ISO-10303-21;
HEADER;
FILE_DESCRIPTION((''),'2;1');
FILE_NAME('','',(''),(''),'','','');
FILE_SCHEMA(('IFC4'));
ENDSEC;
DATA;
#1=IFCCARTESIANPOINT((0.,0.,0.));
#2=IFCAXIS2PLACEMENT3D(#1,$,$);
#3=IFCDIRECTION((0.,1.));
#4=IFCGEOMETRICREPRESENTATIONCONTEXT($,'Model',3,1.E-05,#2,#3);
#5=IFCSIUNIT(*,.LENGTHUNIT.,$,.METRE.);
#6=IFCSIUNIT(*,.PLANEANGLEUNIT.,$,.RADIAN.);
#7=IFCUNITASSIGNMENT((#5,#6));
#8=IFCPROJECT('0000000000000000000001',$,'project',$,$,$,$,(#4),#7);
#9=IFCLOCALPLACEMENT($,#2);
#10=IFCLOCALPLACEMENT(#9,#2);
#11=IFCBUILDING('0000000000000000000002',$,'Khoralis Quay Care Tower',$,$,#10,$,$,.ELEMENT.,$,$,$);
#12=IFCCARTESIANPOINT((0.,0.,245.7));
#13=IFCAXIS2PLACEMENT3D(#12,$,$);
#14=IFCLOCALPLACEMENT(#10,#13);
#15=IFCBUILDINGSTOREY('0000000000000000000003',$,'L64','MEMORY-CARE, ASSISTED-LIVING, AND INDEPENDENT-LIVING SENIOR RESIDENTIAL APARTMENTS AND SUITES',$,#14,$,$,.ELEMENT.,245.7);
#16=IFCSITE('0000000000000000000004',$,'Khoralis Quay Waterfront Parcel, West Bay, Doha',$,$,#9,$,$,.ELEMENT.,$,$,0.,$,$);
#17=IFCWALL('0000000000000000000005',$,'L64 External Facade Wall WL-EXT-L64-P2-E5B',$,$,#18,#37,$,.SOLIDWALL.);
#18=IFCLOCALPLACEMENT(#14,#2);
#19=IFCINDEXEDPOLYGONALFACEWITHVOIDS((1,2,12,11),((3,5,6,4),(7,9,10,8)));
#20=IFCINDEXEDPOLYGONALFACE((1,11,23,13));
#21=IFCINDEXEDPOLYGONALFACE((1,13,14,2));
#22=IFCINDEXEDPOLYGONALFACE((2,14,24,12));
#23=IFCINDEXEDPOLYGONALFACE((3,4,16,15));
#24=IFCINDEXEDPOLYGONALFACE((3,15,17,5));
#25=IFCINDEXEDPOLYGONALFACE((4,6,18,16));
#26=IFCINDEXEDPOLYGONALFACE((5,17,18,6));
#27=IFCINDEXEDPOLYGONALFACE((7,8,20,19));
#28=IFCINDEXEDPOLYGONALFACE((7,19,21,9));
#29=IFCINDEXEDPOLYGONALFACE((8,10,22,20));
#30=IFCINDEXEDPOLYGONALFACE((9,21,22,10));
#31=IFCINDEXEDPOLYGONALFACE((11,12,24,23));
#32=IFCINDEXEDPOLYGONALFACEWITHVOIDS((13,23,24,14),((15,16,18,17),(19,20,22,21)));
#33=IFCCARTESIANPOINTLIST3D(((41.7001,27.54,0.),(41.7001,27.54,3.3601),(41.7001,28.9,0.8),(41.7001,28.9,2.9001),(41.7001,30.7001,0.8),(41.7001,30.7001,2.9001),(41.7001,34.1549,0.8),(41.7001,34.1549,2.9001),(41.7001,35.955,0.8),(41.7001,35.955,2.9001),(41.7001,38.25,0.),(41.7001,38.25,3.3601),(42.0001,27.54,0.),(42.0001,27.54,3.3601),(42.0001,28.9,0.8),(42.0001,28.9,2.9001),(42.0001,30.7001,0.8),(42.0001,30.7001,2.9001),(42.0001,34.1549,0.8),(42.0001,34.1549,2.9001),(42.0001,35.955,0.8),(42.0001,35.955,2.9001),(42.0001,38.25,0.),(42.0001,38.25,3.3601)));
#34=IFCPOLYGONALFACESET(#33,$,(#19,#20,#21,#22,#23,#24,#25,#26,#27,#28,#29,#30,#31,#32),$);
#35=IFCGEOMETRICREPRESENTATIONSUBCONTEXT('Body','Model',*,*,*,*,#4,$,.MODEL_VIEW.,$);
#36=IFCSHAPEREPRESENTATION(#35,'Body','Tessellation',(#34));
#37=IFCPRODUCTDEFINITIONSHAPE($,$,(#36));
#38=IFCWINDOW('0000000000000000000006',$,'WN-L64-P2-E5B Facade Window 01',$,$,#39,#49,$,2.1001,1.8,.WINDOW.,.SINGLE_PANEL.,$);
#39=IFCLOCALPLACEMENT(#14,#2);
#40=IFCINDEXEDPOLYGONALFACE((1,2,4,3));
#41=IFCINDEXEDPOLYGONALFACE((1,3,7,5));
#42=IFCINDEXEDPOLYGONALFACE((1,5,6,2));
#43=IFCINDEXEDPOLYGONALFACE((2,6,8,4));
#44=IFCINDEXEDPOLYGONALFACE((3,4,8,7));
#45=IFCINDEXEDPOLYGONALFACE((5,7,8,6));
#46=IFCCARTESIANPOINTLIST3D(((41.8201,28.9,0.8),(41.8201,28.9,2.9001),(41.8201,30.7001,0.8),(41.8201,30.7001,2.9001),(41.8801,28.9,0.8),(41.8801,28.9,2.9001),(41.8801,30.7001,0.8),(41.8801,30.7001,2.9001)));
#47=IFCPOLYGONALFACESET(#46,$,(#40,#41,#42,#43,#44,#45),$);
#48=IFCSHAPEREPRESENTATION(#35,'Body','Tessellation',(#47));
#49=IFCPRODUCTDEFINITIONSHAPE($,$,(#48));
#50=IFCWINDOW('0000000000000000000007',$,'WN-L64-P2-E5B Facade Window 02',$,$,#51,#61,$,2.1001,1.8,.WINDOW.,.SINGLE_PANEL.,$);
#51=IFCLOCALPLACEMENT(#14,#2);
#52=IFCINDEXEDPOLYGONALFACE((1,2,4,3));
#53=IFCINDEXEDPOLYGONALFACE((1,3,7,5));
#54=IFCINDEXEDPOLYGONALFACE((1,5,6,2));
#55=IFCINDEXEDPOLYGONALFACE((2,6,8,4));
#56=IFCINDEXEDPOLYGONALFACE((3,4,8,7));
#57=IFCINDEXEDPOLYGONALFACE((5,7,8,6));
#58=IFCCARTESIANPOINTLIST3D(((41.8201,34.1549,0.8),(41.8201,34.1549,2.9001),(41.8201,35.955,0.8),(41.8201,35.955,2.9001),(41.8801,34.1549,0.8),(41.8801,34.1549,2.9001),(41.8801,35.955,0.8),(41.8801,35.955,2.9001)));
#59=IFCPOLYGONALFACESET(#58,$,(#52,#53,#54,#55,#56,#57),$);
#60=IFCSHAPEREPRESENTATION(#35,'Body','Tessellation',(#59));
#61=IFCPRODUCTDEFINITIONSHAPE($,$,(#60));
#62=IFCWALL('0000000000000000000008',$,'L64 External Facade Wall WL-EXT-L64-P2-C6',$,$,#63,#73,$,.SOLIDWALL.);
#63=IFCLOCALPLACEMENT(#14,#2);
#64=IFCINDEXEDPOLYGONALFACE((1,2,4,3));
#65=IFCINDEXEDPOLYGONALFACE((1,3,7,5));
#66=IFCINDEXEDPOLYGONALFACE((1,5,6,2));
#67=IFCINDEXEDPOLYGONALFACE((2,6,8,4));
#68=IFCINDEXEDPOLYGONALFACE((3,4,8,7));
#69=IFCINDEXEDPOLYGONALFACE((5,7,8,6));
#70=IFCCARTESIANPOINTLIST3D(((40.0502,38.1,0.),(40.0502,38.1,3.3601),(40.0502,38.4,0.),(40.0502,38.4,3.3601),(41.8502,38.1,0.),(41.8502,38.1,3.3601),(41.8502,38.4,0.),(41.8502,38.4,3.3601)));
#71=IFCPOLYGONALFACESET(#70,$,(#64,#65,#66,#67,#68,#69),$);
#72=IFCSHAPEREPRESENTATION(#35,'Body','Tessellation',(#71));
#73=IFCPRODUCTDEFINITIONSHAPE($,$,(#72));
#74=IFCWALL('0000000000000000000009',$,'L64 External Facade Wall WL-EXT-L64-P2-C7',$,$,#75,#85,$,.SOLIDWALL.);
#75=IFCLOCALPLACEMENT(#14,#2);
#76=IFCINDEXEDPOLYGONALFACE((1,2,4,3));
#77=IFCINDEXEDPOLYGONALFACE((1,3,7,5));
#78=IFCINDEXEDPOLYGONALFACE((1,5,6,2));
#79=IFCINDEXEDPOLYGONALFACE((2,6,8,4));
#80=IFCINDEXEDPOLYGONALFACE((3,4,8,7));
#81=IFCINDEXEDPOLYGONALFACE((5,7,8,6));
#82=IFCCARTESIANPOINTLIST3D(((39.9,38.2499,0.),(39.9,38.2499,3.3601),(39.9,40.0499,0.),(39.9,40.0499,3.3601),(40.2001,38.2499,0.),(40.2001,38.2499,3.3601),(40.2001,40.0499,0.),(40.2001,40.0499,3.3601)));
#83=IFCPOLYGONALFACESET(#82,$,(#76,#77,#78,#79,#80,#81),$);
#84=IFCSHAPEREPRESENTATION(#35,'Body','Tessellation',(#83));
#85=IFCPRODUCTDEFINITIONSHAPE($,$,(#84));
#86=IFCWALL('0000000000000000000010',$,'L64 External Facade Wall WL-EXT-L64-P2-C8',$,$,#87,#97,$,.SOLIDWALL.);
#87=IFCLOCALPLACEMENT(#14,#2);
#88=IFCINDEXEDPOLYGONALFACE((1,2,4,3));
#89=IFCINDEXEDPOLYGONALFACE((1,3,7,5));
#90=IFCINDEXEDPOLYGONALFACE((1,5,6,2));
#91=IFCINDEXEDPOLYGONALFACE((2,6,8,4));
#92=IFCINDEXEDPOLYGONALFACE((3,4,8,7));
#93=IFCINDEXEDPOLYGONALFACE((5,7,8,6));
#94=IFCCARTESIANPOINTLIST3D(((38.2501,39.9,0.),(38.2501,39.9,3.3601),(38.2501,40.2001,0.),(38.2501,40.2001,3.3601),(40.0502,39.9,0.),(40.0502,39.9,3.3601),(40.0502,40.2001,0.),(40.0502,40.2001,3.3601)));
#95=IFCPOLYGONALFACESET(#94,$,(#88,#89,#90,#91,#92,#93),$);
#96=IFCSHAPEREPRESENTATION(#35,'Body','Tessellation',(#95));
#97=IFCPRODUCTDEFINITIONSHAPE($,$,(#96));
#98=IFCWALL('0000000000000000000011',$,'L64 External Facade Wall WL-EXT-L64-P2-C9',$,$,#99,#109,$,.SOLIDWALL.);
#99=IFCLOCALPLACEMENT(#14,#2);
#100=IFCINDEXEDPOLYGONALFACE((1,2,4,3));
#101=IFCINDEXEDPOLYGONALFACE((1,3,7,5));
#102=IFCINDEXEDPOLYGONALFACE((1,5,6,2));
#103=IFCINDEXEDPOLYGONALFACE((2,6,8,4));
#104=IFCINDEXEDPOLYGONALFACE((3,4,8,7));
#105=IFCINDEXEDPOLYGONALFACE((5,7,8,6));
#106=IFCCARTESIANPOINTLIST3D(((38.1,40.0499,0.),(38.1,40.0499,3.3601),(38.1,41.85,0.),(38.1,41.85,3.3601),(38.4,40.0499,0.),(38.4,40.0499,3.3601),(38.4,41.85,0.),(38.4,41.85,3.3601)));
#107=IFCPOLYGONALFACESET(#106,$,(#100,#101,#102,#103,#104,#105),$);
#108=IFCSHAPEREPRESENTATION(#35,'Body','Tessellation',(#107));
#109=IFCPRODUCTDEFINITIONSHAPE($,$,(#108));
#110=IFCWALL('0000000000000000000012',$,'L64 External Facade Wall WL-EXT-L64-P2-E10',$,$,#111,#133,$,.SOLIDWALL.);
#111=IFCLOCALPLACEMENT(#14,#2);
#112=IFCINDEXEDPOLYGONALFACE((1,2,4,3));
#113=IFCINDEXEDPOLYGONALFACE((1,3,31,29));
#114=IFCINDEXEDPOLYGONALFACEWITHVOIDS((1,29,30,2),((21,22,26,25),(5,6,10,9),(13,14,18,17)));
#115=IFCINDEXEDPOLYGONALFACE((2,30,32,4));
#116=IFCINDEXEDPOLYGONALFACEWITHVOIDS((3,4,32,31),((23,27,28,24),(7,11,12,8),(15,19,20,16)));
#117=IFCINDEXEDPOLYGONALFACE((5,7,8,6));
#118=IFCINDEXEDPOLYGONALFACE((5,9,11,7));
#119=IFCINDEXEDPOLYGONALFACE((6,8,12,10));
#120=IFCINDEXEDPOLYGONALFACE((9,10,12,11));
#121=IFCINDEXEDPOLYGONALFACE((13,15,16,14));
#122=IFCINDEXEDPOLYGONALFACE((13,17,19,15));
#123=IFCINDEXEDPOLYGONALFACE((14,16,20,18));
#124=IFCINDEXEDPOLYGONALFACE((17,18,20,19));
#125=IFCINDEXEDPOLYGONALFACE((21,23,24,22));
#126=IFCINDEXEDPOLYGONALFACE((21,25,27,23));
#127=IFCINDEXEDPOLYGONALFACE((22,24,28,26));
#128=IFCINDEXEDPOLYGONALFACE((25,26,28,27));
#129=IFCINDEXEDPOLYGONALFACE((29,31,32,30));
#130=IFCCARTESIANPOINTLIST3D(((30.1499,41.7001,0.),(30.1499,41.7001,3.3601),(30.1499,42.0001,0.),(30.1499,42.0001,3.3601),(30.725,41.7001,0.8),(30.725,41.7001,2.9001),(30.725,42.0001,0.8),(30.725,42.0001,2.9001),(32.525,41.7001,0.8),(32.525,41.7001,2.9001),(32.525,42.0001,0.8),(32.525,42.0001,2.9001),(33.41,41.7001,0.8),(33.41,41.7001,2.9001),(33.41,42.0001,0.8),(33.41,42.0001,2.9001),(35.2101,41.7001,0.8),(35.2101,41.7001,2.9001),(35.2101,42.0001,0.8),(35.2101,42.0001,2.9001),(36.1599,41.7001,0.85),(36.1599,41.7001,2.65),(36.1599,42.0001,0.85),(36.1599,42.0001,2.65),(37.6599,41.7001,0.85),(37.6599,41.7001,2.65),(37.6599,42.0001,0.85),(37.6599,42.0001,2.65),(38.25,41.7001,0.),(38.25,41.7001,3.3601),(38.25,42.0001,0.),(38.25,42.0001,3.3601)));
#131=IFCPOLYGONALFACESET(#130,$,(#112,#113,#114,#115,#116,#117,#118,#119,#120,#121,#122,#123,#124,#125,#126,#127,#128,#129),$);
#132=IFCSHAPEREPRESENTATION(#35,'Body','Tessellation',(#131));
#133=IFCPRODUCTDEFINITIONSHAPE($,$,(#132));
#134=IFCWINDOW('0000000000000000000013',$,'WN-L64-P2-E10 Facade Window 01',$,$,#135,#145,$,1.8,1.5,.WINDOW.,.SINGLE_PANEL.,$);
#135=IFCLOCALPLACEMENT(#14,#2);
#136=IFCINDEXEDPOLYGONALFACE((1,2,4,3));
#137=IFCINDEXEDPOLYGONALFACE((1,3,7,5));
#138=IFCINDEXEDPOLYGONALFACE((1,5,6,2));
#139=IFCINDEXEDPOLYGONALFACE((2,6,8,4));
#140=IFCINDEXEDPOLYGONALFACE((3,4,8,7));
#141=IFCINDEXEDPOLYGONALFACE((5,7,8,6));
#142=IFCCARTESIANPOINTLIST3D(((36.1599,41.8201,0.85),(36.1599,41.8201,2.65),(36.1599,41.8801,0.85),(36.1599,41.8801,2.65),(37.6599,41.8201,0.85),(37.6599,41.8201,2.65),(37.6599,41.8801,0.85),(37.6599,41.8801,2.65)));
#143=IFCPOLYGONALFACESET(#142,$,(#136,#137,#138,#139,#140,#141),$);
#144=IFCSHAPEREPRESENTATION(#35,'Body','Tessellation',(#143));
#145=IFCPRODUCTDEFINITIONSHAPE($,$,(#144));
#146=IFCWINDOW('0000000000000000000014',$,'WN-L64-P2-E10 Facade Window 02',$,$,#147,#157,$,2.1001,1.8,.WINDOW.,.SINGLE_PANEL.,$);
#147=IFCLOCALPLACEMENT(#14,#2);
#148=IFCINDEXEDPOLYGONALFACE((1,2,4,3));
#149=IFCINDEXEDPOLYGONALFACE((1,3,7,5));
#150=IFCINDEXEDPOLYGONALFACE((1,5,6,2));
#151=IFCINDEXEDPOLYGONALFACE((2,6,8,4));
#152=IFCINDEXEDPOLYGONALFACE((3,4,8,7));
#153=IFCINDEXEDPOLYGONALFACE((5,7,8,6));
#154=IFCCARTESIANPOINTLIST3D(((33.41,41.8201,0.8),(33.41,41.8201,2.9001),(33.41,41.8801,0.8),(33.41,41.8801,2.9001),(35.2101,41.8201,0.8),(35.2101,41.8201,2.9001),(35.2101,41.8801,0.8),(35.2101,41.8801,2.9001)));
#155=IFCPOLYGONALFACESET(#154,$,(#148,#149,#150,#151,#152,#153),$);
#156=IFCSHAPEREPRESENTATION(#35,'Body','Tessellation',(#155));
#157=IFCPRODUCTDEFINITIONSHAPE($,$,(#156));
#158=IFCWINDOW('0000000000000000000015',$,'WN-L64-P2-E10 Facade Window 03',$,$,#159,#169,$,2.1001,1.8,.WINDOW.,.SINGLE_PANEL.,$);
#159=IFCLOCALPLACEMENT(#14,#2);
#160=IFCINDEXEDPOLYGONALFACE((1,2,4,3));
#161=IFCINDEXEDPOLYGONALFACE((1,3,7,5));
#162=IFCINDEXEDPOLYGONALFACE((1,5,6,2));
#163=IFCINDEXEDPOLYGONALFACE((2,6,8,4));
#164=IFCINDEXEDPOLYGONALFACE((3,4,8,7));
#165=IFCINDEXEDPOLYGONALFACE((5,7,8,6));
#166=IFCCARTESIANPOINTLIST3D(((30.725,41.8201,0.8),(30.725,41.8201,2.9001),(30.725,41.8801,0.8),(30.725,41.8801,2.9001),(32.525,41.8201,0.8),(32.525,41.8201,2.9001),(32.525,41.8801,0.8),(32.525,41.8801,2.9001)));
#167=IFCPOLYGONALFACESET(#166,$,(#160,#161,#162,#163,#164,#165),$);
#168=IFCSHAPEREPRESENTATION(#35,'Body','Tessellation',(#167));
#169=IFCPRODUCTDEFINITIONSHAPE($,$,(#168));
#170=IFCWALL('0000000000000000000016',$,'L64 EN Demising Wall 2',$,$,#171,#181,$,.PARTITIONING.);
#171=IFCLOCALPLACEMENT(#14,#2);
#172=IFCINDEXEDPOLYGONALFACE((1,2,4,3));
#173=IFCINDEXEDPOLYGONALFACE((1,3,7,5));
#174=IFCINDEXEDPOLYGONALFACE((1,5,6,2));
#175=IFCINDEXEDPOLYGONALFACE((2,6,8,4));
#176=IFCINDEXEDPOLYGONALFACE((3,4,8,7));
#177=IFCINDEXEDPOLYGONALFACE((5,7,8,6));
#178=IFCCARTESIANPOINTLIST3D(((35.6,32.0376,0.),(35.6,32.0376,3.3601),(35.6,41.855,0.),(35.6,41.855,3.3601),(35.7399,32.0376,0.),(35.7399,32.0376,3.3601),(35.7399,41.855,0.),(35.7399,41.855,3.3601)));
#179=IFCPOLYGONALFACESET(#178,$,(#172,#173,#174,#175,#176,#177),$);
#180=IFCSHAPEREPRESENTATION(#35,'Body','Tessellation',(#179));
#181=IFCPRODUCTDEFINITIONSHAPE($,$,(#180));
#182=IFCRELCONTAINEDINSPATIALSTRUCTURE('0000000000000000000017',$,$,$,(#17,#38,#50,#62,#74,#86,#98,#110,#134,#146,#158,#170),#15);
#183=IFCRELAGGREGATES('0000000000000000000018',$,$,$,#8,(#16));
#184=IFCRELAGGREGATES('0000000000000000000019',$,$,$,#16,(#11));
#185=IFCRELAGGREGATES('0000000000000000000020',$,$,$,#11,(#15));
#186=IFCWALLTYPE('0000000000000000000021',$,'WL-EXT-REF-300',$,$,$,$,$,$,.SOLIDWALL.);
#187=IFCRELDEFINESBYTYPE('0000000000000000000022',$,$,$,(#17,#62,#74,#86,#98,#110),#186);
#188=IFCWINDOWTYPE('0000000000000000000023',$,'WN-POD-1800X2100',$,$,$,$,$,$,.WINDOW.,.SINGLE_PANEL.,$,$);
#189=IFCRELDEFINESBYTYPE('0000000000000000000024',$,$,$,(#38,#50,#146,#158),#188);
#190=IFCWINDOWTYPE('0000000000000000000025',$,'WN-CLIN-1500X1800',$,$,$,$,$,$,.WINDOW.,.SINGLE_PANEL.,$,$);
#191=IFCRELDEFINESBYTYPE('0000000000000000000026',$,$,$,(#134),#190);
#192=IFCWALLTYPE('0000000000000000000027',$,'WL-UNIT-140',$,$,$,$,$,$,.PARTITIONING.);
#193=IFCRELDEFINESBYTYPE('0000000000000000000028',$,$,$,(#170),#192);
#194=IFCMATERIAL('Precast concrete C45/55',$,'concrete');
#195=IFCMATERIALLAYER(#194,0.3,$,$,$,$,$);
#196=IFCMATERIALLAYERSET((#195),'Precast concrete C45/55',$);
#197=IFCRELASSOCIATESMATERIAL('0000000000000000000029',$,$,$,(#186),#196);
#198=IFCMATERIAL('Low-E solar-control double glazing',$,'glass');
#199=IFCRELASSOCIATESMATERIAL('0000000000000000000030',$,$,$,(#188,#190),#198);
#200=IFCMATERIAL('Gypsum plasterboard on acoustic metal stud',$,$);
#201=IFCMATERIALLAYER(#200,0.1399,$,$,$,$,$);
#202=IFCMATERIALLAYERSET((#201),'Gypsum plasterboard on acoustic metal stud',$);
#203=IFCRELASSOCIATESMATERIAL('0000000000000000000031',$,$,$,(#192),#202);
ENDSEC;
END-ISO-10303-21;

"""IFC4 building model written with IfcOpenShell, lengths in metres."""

from ifc_helpers import new_model, si_unit, direction, frame, frame_2d, origin, place, context, subcontext, project, spatial, rectangle, extrude, source, transform, mapped, material, layer, layer_set, type_object, element, fill, save


model = new_model("IFC4")

# Units and contexts
model_context = context("Model", 3, precision=1e-05, world=origin(), true_north=direction((0.0, 1.0)))
body_context = subcontext(model_context, "Body", "Model", "MODEL_VIEW")
ifc_project = project(units=[si_unit("LENGTHUNIT", "METRE"), si_unit("PLANEANGLEUNIT", "RADIAN")], contexts=[model_context])

# Site, building, storey
site_placement = place(None, origin())
site = spatial("IfcSite", under=ifc_project, at=site_placement, Name="Khoralis Quay Waterfront Parcel, West Bay, Doha", CompositionType="ELEMENT", RefElevation=0.0)
building_placement = place(site_placement, origin())
building = spatial("IfcBuilding", under=site, at=building_placement, Name="Khoralis Quay Care Tower", CompositionType="ELEMENT")
storey_placement = place(building_placement, frame((0.0, 0.0, 245.7)))
storey = spatial("IfcBuildingStorey", under=building, at=storey_placement, Name="L64", Description="MEMORY-CARE, ASSISTED-LIVING, AND INDEPENDENT-LIVING SENIOR RESIDENTIAL APARTMENTS AND SUITES", CompositionType="ELEMENT", Elevation=245.7)

# Shared definitions
ifc_material_1 = material(Name="Gypsum plasterboard on acoustic metal stud")

# Wall, openings, windows
ifc_material_2 = material(Name="Precast concrete C45/55", Category="concrete")
ifc_layer_1 = layer(ifc_material_2, 0.3)
ifc_layer_set_1 = layer_set([ifc_layer_1], Name="Precast concrete C45/55")
wall_type_1 = type_object("IfcWallType", Name="WL-EXT-REF-300", PredefinedType="SOLIDWALL", material=ifc_layer_set_1)
wall_1_placement = place(storey_placement, frame((41.8501, 27.54, 0.0), z_axis=(0.0, 0.0, 1.0), x_axis=(0.0, 1.0, 0.0)))
wall_1 = element("IfcWall", 1, at=wall_1_placement, inside=storey, type_object=wall_type_1, Name="L64 External Facade Wall WL-EXT-L64-P2-E5B", PredefinedType="SOLIDWALL", context=body_context, shape_type="SweptSolid", body=[
    extrude(rectangle(XDim=10.71, YDim=0.3, at=frame_2d((5.355, 0.0))), origin(), (0.0, 0.0, 1.0), 3.3601),
])
opening_1_placement = place(wall_1_placement, frame((1.3601, 0.0, 0.8)))
opening_1 = element("IfcOpeningElement", 2, at=opening_1_placement, cuts=wall_1, PredefinedType="OPENING", context=body_context, shape_type="SweptSolid", body=[
    extrude(rectangle(XDim=1.8, YDim=2.1001, at=frame_2d((0.8999, 1.05))), frame((0.0, 0.1602, 0.0), z_axis=(0.0, -1.0, 0.0), x_axis=(1.0, 0.0, 0.0)), (0.0, 0.0, 1.0), 0.3201),
])
opening_2_placement = place(wall_1_placement, frame((6.615, 0.0, 0.8)))
opening_2 = element("IfcOpeningElement", 3, at=opening_2_placement, cuts=wall_1, PredefinedType="OPENING", context=body_context, shape_type="SweptSolid", body=[
    extrude(rectangle(XDim=1.8, YDim=2.1001, at=frame_2d((0.8999, 1.05))), frame((0.0, 0.1602, 0.0), z_axis=(0.0, -1.0, 0.0), x_axis=(1.0, 0.0, 0.0)), (0.0, 0.0, 1.0), 0.3201),
])
ifc_material_3 = material(Name="Low-E solar-control double glazing", Category="glass")
window_type_1 = type_object("IfcWindowType", Name="WN-POD-1800X2100", PartitioningType="SINGLE_PANEL", PredefinedType="WINDOW", material=ifc_material_3)
shared_shape_1 = source(origin(), body_context, "Body", "SweptSolid", [
    extrude(rectangle(XDim=1.8, YDim=2.1001, at=frame_2d((0.8999, 1.05))), frame((0.0, 0.03, 0.0), z_axis=(0.0, -1.0, 0.0), x_axis=(1.0, 0.0, 0.0)), (0.0, 0.0, 1.0), 0.0601),
])
window_1_placement = place(opening_1_placement, origin())
window_1 = element("IfcWindow", 4, at=window_1_placement, inside=storey, type_object=window_type_1, Name="WN-L64-P2-E5B Facade Window 01", OverallHeight=2.1001, OverallWidth=1.8, PartitioningType="SINGLE_PANEL", PredefinedType="WINDOW", context=body_context, shape_type="MappedRepresentation", body=[
    mapped(shared_shape_1, transform((0.0, 0.0, 0.0), scale=1.0)),
])
fill(opening_1, window_1)
window_2_placement = place(opening_2_placement, origin())
window_2 = element("IfcWindow", 5, at=window_2_placement, inside=storey, type_object=window_type_1, Name="WN-L64-P2-E5B Facade Window 02", OverallHeight=2.1001, OverallWidth=1.8, PartitioningType="SINGLE_PANEL", PredefinedType="WINDOW", context=body_context, shape_type="MappedRepresentation", body=[
    mapped(shared_shape_1, transform((0.0, 0.0, 0.0), scale=1.0)),
])
fill(opening_2, window_2)

# Walls
for number, where, z_axis, x_axis, name in (
    (6, (41.8501, 38.25, 0.0), (0.0, 0.0, 1.0), (-1.0, 0.0, 0.0), "L64 External Facade Wall WL-EXT-L64-P2-C6"),
    (7, (40.05, 38.25, 0.0), (0.0, 0.0, 1.0), (0.0, 1.0, 0.0), "L64 External Facade Wall WL-EXT-L64-P2-C7"),
    (8, (40.05, 40.05, 0.0), (0.0, 0.0, 1.0), (-1.0, 0.0, 0.0), "L64 External Facade Wall WL-EXT-L64-P2-C8"),
    (9, (38.25, 40.05, 0.0), (0.0, 0.0, 1.0), (0.0, 1.0, 0.0), "L64 External Facade Wall WL-EXT-L64-P2-C9"),
):
    element("IfcWall", number, at=place(storey_placement, frame(where, z_axis=z_axis, x_axis=x_axis)), inside=storey, type_object=wall_type_1, Name=name, PredefinedType="SOLIDWALL", context=body_context, shape_type="SweptSolid", body=[
        extrude(rectangle(XDim=1.8, YDim=0.3, at=frame_2d((0.8999, 0.0))), origin(), (0.0, 0.0, 1.0), 3.3601),
    ])

# Wall, openings, windows
wall_2_placement = place(storey_placement, frame((38.25, 41.8501, 0.0), z_axis=(0.0, 0.0, 1.0), x_axis=(-1.0, 0.0, 0.0)))
wall_2 = element("IfcWall", 10, at=wall_2_placement, inside=storey, type_object=wall_type_1, Name="L64 External Facade Wall WL-EXT-L64-P2-E10", PredefinedType="SOLIDWALL", context=body_context, shape_type="SweptSolid", body=[
    extrude(rectangle(XDim=8.1001, YDim=0.3, at=frame_2d((4.05, 0.0))), origin(), (0.0, 0.0, 1.0), 3.3601),
])
opening_3_placement = place(wall_2_placement, frame((0.5901, 0.0, 0.8501)))
opening_3 = element("IfcOpeningElement", 11, at=opening_3_placement, cuts=wall_2, PredefinedType="OPENING", context=body_context, shape_type="SweptSolid", body=[
    extrude(rectangle(XDim=1.5, YDim=1.8, at=frame_2d((0.75, 0.8999))), frame((0.0, 0.1602, 0.0), z_axis=(0.0, -1.0, 0.0), x_axis=(1.0, 0.0, 0.0)), (0.0, 0.0, 1.0), 0.3201),
])
opening_4_placement = place(wall_2_placement, frame((3.04, 0.0, 0.8)))
opening_4 = element("IfcOpeningElement", 12, at=opening_4_placement, cuts=wall_2, PredefinedType="OPENING", context=body_context, shape_type="SweptSolid", body=[
    extrude(rectangle(XDim=1.8, YDim=2.1001, at=frame_2d((0.8999, 1.05))), frame((0.0, 0.1602, 0.0), z_axis=(0.0, -1.0, 0.0), x_axis=(1.0, 0.0, 0.0)), (0.0, 0.0, 1.0), 0.3201),
])
opening_5_placement = place(wall_2_placement, frame((5.7251, 0.0, 0.8)))
opening_5 = element("IfcOpeningElement", 13, at=opening_5_placement, cuts=wall_2, PredefinedType="OPENING", context=body_context, shape_type="SweptSolid", body=[
    extrude(rectangle(XDim=1.8, YDim=2.1001, at=frame_2d((0.8999, 1.05))), frame((0.0, 0.1602, 0.0), z_axis=(0.0, -1.0, 0.0), x_axis=(1.0, 0.0, 0.0)), (0.0, 0.0, 1.0), 0.3201),
])
window_type_2 = type_object("IfcWindowType", Name="WN-CLIN-1500X1800", PartitioningType="SINGLE_PANEL", PredefinedType="WINDOW", material=ifc_material_3)
shared_shape_2 = source(origin(), body_context, "Body", "SweptSolid", [
    extrude(rectangle(XDim=1.5, YDim=1.8, at=frame_2d((0.75, 0.8999))), frame((0.0, 0.03, 0.0), z_axis=(0.0, -1.0, 0.0), x_axis=(1.0, 0.0, 0.0)), (0.0, 0.0, 1.0), 0.0601),
])
window_3_placement = place(opening_3_placement, origin())
window_3 = element("IfcWindow", 14, at=window_3_placement, inside=storey, type_object=window_type_2, Name="WN-L64-P2-E10 Facade Window 01", OverallHeight=1.8, OverallWidth=1.5, PartitioningType="SINGLE_PANEL", PredefinedType="WINDOW", context=body_context, shape_type="MappedRepresentation", body=[
    mapped(shared_shape_2, transform((0.0, 0.0, 0.0), scale=1.0)),
])
fill(opening_3, window_3)
window_4_placement = place(opening_4_placement, origin())
window_4 = element("IfcWindow", 15, at=window_4_placement, inside=storey, type_object=window_type_1, Name="WN-L64-P2-E10 Facade Window 02", OverallHeight=2.1001, OverallWidth=1.8, PartitioningType="SINGLE_PANEL", PredefinedType="WINDOW", context=body_context, shape_type="MappedRepresentation", body=[
    mapped(shared_shape_1, transform((0.0, 0.0, 0.0), scale=1.0)),
])
fill(opening_4, window_4)
window_5_placement = place(opening_5_placement, origin())
window_5 = element("IfcWindow", 16, at=window_5_placement, inside=storey, type_object=window_type_1, Name="WN-L64-P2-E10 Facade Window 03", OverallHeight=2.1001, OverallWidth=1.8, PartitioningType="SINGLE_PANEL", PredefinedType="WINDOW", context=body_context, shape_type="MappedRepresentation", body=[
    mapped(shared_shape_1, transform((0.0, 0.0, 0.0), scale=1.0)),
])
fill(opening_5, window_5)

# Wall
ifc_layer_2 = layer(ifc_material_1, 0.1399)
ifc_layer_set_2 = layer_set([ifc_layer_2], Name="Gypsum plasterboard on acoustic metal stud")
wall_type_2 = type_object("IfcWallType", Name="WL-UNIT-140", PredefinedType="PARTITIONING", material=ifc_layer_set_2)
wall_3_placement = place(storey_placement, frame((35.6699, 32.0376, 0.0), z_axis=(0.0, 0.0, 1.0), x_axis=(0.0, 1.0, 0.0)))
element("IfcWall", 17, at=wall_3_placement, inside=storey, type_object=wall_type_2, Name="L64 EN Demising Wall 2", PredefinedType="PARTITIONING", context=body_context, shape_type="SweptSolid", body=[
    extrude(rectangle(XDim=9.8174, YDim=0.1399, at=frame_2d((4.9087, 0.0))), origin(), (0.0, 0.0, 1.0), 3.3601),
])

save(model, "model.ifc")
